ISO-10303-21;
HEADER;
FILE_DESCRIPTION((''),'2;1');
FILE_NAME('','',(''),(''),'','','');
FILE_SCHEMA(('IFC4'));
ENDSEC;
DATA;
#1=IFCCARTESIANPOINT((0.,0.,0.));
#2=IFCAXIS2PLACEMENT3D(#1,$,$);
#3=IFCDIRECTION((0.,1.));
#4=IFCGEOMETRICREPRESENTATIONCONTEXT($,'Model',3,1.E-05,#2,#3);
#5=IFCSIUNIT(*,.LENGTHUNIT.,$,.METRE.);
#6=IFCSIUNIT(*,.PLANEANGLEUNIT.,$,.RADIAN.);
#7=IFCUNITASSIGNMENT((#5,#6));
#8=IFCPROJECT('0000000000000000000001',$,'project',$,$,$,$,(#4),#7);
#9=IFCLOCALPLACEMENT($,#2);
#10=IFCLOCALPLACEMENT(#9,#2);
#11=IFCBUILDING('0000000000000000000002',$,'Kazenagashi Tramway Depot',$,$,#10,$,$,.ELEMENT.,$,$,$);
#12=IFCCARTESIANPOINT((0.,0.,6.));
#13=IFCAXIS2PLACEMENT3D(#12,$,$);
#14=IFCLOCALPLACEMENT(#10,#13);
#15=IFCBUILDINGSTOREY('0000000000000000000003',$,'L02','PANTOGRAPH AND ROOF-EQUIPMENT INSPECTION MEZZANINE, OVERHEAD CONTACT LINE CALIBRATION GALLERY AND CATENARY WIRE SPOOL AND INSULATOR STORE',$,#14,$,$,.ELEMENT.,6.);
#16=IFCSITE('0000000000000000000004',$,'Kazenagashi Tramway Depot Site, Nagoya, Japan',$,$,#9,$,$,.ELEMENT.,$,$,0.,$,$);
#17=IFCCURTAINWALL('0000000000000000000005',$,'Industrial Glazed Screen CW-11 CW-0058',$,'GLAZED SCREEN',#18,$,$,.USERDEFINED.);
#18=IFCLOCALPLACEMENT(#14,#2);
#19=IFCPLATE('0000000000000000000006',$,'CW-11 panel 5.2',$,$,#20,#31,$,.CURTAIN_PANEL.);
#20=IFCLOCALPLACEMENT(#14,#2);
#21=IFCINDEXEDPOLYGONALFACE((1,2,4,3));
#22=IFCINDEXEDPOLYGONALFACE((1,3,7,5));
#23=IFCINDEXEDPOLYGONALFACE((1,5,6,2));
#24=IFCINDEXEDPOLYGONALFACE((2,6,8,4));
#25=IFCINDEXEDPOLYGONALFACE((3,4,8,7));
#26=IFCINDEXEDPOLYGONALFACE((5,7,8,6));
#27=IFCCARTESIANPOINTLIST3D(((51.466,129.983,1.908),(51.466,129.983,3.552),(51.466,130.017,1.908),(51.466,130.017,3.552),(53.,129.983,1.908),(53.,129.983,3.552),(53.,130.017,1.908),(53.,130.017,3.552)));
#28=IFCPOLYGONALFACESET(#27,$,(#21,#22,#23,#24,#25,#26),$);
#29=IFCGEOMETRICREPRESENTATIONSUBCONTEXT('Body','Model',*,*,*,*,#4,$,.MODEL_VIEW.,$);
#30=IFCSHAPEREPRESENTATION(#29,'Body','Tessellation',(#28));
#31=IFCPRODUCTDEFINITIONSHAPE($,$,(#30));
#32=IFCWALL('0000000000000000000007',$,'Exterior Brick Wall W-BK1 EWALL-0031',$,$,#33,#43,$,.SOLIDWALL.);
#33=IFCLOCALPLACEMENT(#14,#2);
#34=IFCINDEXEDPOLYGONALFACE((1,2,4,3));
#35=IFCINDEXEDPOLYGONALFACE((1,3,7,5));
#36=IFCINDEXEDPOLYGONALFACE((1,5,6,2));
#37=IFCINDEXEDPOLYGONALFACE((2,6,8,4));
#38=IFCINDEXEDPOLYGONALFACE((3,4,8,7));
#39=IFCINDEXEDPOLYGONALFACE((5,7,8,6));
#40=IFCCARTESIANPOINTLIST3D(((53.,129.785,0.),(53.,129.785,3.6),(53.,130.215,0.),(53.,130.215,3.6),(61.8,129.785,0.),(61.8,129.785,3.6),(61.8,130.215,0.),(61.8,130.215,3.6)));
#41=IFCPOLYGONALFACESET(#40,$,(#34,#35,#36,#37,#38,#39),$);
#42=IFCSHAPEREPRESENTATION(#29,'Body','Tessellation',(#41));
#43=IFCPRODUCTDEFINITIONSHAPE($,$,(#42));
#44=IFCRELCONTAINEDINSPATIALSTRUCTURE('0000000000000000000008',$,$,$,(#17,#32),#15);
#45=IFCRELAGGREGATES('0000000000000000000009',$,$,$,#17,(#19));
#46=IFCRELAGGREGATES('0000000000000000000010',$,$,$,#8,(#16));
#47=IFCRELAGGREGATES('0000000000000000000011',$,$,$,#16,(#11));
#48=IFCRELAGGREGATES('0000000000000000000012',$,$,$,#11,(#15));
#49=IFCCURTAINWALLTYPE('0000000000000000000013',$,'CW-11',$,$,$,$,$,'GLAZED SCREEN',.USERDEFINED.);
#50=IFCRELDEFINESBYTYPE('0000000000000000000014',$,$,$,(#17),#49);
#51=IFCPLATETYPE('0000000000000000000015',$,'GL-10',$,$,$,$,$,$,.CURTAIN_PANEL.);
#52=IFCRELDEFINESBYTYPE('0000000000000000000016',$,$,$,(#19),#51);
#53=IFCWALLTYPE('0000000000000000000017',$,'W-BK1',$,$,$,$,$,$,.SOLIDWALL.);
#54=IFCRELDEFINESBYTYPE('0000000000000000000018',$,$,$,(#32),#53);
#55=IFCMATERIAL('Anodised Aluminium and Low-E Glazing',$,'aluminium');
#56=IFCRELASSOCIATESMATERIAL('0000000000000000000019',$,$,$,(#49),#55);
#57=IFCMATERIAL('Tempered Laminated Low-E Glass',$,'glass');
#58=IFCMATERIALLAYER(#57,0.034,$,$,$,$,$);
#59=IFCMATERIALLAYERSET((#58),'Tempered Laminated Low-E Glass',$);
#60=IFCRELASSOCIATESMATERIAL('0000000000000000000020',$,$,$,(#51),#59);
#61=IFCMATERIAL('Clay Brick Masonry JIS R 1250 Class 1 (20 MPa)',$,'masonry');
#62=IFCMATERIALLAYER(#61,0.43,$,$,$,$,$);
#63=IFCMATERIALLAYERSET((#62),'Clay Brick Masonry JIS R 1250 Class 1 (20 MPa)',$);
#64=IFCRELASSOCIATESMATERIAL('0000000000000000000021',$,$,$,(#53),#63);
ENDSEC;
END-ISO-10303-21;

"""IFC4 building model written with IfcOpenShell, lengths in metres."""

from ifc_helpers import new_model, si_unit, direction, frame, frame_2d, origin, origin_2d, place, context, subcontext, project, spatial, rectangle, extrude, material, layer, layer_set, type_object, element, aggregate, save


model = new_model("IFC4")

# Units and contexts
model_context = context("Model", 3, precision=1e-05, world=origin(), true_north=direction((0.0, 1.0)))
body_context = subcontext(model_context, "Body", "Model", "MODEL_VIEW")
ifc_project = project(units=[si_unit("LENGTHUNIT", "METRE"), si_unit("PLANEANGLEUNIT", "RADIAN")], contexts=[model_context])

# Site, building, storey
site_placement = place(None, origin())
site = spatial("IfcSite", under=ifc_project, at=site_placement, Name="Kazenagashi Tramway Depot Site, Nagoya, Japan", CompositionType="ELEMENT", RefElevation=0.0)
building_placement = place(site_placement, origin())
building = spatial("IfcBuilding", under=site, at=building_placement, Name="Kazenagashi Tramway Depot", CompositionType="ELEMENT")
storey_placement = place(building_placement, frame((0.0, 0.0, 6.0)))
storey = spatial("IfcBuildingStorey", under=building, at=storey_placement, Name="L02", Description="PANTOGRAPH AND ROOF-EQUIPMENT INSPECTION MEZZANINE, OVERHEAD CONTACT LINE CALIBRATION GALLERY AND CATENARY WIRE SPOOL AND INSULATOR STORE", CompositionType="ELEMENT", Elevation=6.0)

# Curtain wall
ifc_material_1 = material(Name="Anodised Aluminium and Low-E Glazing", Category="aluminium")
curtain_wall_type = type_object("IfcCurtainWallType", Name="CW-11", ElementType="GLAZED SCREEN", PredefinedType="USERDEFINED", material=ifc_material_1)
curtain_wall_placement = place(storey_placement, origin())
curtain_wall = element("IfcCurtainWall", 1, at=curtain_wall_placement, inside=storey, type_object=curtain_wall_type, Name="Industrial Glazed Screen CW-11 CW-0058", ObjectType="GLAZED SCREEN", PredefinedType="USERDEFINED")

# Plate
ifc_material_2 = material(Name="Tempered Laminated Low-E Glass", Category="glass")
ifc_layer_1 = layer(ifc_material_2, 0.034)
ifc_layer_set_1 = layer_set([ifc_layer_1], Name="Tempered Laminated Low-E Glass")
plate_type = type_object("IfcPlateType", Name="GL-10", PredefinedType="CURTAIN_PANEL", material=ifc_layer_set_1)
plate_1_placement = place(storey_placement, frame((52.233, 130.0, 1.908), z_axis=(0.0, 0.0, 1.0), x_axis=(1.0, 0.0, 0.0)))
plate_1 = element("IfcPlate", 2, at=plate_1_placement, type_object=plate_type, Name="CW-11 panel 5.2", PredefinedType="CURTAIN_PANEL", context=body_context, shape_type="SweptSolid", body=[
    extrude(rectangle(XDim=1.534, YDim=0.034, at=origin_2d()), origin(), (0.0, 0.0, 1.0), 1.644),
])
aggregate(curtain_wall, [plate_1])

# Wall
ifc_material_3 = material(Name="Clay Brick Masonry JIS R 1250 Class 1 (20 MPa)", Category="masonry")
ifc_layer_2 = layer(ifc_material_3, 0.43)
ifc_layer_set_2 = layer_set([ifc_layer_2], Name="Clay Brick Masonry JIS R 1250 Class 1 (20 MPa)")
wall_type = type_object("IfcWallType", Name="W-BK1", PredefinedType="SOLIDWALL", material=ifc_layer_set_2)
wall_placement = place(storey_placement, frame((53.0, 130.0, 0.0), z_axis=(0.0, 0.0, 1.0), x_axis=(1.0, 0.0, 0.0)))
element("IfcWall", 3, at=wall_placement, inside=storey, type_object=wall_type, Name="Exterior Brick Wall W-BK1 EWALL-0031", PredefinedType="SOLIDWALL", context=body_context, shape_type="SweptSolid", body=[
    extrude(rectangle(XDim=8.8, YDim=0.43, at=frame_2d((4.4, 0.0))), origin(), (0.0, 0.0, 1.0), 3.6),
])

save(model, "model.ifc")
